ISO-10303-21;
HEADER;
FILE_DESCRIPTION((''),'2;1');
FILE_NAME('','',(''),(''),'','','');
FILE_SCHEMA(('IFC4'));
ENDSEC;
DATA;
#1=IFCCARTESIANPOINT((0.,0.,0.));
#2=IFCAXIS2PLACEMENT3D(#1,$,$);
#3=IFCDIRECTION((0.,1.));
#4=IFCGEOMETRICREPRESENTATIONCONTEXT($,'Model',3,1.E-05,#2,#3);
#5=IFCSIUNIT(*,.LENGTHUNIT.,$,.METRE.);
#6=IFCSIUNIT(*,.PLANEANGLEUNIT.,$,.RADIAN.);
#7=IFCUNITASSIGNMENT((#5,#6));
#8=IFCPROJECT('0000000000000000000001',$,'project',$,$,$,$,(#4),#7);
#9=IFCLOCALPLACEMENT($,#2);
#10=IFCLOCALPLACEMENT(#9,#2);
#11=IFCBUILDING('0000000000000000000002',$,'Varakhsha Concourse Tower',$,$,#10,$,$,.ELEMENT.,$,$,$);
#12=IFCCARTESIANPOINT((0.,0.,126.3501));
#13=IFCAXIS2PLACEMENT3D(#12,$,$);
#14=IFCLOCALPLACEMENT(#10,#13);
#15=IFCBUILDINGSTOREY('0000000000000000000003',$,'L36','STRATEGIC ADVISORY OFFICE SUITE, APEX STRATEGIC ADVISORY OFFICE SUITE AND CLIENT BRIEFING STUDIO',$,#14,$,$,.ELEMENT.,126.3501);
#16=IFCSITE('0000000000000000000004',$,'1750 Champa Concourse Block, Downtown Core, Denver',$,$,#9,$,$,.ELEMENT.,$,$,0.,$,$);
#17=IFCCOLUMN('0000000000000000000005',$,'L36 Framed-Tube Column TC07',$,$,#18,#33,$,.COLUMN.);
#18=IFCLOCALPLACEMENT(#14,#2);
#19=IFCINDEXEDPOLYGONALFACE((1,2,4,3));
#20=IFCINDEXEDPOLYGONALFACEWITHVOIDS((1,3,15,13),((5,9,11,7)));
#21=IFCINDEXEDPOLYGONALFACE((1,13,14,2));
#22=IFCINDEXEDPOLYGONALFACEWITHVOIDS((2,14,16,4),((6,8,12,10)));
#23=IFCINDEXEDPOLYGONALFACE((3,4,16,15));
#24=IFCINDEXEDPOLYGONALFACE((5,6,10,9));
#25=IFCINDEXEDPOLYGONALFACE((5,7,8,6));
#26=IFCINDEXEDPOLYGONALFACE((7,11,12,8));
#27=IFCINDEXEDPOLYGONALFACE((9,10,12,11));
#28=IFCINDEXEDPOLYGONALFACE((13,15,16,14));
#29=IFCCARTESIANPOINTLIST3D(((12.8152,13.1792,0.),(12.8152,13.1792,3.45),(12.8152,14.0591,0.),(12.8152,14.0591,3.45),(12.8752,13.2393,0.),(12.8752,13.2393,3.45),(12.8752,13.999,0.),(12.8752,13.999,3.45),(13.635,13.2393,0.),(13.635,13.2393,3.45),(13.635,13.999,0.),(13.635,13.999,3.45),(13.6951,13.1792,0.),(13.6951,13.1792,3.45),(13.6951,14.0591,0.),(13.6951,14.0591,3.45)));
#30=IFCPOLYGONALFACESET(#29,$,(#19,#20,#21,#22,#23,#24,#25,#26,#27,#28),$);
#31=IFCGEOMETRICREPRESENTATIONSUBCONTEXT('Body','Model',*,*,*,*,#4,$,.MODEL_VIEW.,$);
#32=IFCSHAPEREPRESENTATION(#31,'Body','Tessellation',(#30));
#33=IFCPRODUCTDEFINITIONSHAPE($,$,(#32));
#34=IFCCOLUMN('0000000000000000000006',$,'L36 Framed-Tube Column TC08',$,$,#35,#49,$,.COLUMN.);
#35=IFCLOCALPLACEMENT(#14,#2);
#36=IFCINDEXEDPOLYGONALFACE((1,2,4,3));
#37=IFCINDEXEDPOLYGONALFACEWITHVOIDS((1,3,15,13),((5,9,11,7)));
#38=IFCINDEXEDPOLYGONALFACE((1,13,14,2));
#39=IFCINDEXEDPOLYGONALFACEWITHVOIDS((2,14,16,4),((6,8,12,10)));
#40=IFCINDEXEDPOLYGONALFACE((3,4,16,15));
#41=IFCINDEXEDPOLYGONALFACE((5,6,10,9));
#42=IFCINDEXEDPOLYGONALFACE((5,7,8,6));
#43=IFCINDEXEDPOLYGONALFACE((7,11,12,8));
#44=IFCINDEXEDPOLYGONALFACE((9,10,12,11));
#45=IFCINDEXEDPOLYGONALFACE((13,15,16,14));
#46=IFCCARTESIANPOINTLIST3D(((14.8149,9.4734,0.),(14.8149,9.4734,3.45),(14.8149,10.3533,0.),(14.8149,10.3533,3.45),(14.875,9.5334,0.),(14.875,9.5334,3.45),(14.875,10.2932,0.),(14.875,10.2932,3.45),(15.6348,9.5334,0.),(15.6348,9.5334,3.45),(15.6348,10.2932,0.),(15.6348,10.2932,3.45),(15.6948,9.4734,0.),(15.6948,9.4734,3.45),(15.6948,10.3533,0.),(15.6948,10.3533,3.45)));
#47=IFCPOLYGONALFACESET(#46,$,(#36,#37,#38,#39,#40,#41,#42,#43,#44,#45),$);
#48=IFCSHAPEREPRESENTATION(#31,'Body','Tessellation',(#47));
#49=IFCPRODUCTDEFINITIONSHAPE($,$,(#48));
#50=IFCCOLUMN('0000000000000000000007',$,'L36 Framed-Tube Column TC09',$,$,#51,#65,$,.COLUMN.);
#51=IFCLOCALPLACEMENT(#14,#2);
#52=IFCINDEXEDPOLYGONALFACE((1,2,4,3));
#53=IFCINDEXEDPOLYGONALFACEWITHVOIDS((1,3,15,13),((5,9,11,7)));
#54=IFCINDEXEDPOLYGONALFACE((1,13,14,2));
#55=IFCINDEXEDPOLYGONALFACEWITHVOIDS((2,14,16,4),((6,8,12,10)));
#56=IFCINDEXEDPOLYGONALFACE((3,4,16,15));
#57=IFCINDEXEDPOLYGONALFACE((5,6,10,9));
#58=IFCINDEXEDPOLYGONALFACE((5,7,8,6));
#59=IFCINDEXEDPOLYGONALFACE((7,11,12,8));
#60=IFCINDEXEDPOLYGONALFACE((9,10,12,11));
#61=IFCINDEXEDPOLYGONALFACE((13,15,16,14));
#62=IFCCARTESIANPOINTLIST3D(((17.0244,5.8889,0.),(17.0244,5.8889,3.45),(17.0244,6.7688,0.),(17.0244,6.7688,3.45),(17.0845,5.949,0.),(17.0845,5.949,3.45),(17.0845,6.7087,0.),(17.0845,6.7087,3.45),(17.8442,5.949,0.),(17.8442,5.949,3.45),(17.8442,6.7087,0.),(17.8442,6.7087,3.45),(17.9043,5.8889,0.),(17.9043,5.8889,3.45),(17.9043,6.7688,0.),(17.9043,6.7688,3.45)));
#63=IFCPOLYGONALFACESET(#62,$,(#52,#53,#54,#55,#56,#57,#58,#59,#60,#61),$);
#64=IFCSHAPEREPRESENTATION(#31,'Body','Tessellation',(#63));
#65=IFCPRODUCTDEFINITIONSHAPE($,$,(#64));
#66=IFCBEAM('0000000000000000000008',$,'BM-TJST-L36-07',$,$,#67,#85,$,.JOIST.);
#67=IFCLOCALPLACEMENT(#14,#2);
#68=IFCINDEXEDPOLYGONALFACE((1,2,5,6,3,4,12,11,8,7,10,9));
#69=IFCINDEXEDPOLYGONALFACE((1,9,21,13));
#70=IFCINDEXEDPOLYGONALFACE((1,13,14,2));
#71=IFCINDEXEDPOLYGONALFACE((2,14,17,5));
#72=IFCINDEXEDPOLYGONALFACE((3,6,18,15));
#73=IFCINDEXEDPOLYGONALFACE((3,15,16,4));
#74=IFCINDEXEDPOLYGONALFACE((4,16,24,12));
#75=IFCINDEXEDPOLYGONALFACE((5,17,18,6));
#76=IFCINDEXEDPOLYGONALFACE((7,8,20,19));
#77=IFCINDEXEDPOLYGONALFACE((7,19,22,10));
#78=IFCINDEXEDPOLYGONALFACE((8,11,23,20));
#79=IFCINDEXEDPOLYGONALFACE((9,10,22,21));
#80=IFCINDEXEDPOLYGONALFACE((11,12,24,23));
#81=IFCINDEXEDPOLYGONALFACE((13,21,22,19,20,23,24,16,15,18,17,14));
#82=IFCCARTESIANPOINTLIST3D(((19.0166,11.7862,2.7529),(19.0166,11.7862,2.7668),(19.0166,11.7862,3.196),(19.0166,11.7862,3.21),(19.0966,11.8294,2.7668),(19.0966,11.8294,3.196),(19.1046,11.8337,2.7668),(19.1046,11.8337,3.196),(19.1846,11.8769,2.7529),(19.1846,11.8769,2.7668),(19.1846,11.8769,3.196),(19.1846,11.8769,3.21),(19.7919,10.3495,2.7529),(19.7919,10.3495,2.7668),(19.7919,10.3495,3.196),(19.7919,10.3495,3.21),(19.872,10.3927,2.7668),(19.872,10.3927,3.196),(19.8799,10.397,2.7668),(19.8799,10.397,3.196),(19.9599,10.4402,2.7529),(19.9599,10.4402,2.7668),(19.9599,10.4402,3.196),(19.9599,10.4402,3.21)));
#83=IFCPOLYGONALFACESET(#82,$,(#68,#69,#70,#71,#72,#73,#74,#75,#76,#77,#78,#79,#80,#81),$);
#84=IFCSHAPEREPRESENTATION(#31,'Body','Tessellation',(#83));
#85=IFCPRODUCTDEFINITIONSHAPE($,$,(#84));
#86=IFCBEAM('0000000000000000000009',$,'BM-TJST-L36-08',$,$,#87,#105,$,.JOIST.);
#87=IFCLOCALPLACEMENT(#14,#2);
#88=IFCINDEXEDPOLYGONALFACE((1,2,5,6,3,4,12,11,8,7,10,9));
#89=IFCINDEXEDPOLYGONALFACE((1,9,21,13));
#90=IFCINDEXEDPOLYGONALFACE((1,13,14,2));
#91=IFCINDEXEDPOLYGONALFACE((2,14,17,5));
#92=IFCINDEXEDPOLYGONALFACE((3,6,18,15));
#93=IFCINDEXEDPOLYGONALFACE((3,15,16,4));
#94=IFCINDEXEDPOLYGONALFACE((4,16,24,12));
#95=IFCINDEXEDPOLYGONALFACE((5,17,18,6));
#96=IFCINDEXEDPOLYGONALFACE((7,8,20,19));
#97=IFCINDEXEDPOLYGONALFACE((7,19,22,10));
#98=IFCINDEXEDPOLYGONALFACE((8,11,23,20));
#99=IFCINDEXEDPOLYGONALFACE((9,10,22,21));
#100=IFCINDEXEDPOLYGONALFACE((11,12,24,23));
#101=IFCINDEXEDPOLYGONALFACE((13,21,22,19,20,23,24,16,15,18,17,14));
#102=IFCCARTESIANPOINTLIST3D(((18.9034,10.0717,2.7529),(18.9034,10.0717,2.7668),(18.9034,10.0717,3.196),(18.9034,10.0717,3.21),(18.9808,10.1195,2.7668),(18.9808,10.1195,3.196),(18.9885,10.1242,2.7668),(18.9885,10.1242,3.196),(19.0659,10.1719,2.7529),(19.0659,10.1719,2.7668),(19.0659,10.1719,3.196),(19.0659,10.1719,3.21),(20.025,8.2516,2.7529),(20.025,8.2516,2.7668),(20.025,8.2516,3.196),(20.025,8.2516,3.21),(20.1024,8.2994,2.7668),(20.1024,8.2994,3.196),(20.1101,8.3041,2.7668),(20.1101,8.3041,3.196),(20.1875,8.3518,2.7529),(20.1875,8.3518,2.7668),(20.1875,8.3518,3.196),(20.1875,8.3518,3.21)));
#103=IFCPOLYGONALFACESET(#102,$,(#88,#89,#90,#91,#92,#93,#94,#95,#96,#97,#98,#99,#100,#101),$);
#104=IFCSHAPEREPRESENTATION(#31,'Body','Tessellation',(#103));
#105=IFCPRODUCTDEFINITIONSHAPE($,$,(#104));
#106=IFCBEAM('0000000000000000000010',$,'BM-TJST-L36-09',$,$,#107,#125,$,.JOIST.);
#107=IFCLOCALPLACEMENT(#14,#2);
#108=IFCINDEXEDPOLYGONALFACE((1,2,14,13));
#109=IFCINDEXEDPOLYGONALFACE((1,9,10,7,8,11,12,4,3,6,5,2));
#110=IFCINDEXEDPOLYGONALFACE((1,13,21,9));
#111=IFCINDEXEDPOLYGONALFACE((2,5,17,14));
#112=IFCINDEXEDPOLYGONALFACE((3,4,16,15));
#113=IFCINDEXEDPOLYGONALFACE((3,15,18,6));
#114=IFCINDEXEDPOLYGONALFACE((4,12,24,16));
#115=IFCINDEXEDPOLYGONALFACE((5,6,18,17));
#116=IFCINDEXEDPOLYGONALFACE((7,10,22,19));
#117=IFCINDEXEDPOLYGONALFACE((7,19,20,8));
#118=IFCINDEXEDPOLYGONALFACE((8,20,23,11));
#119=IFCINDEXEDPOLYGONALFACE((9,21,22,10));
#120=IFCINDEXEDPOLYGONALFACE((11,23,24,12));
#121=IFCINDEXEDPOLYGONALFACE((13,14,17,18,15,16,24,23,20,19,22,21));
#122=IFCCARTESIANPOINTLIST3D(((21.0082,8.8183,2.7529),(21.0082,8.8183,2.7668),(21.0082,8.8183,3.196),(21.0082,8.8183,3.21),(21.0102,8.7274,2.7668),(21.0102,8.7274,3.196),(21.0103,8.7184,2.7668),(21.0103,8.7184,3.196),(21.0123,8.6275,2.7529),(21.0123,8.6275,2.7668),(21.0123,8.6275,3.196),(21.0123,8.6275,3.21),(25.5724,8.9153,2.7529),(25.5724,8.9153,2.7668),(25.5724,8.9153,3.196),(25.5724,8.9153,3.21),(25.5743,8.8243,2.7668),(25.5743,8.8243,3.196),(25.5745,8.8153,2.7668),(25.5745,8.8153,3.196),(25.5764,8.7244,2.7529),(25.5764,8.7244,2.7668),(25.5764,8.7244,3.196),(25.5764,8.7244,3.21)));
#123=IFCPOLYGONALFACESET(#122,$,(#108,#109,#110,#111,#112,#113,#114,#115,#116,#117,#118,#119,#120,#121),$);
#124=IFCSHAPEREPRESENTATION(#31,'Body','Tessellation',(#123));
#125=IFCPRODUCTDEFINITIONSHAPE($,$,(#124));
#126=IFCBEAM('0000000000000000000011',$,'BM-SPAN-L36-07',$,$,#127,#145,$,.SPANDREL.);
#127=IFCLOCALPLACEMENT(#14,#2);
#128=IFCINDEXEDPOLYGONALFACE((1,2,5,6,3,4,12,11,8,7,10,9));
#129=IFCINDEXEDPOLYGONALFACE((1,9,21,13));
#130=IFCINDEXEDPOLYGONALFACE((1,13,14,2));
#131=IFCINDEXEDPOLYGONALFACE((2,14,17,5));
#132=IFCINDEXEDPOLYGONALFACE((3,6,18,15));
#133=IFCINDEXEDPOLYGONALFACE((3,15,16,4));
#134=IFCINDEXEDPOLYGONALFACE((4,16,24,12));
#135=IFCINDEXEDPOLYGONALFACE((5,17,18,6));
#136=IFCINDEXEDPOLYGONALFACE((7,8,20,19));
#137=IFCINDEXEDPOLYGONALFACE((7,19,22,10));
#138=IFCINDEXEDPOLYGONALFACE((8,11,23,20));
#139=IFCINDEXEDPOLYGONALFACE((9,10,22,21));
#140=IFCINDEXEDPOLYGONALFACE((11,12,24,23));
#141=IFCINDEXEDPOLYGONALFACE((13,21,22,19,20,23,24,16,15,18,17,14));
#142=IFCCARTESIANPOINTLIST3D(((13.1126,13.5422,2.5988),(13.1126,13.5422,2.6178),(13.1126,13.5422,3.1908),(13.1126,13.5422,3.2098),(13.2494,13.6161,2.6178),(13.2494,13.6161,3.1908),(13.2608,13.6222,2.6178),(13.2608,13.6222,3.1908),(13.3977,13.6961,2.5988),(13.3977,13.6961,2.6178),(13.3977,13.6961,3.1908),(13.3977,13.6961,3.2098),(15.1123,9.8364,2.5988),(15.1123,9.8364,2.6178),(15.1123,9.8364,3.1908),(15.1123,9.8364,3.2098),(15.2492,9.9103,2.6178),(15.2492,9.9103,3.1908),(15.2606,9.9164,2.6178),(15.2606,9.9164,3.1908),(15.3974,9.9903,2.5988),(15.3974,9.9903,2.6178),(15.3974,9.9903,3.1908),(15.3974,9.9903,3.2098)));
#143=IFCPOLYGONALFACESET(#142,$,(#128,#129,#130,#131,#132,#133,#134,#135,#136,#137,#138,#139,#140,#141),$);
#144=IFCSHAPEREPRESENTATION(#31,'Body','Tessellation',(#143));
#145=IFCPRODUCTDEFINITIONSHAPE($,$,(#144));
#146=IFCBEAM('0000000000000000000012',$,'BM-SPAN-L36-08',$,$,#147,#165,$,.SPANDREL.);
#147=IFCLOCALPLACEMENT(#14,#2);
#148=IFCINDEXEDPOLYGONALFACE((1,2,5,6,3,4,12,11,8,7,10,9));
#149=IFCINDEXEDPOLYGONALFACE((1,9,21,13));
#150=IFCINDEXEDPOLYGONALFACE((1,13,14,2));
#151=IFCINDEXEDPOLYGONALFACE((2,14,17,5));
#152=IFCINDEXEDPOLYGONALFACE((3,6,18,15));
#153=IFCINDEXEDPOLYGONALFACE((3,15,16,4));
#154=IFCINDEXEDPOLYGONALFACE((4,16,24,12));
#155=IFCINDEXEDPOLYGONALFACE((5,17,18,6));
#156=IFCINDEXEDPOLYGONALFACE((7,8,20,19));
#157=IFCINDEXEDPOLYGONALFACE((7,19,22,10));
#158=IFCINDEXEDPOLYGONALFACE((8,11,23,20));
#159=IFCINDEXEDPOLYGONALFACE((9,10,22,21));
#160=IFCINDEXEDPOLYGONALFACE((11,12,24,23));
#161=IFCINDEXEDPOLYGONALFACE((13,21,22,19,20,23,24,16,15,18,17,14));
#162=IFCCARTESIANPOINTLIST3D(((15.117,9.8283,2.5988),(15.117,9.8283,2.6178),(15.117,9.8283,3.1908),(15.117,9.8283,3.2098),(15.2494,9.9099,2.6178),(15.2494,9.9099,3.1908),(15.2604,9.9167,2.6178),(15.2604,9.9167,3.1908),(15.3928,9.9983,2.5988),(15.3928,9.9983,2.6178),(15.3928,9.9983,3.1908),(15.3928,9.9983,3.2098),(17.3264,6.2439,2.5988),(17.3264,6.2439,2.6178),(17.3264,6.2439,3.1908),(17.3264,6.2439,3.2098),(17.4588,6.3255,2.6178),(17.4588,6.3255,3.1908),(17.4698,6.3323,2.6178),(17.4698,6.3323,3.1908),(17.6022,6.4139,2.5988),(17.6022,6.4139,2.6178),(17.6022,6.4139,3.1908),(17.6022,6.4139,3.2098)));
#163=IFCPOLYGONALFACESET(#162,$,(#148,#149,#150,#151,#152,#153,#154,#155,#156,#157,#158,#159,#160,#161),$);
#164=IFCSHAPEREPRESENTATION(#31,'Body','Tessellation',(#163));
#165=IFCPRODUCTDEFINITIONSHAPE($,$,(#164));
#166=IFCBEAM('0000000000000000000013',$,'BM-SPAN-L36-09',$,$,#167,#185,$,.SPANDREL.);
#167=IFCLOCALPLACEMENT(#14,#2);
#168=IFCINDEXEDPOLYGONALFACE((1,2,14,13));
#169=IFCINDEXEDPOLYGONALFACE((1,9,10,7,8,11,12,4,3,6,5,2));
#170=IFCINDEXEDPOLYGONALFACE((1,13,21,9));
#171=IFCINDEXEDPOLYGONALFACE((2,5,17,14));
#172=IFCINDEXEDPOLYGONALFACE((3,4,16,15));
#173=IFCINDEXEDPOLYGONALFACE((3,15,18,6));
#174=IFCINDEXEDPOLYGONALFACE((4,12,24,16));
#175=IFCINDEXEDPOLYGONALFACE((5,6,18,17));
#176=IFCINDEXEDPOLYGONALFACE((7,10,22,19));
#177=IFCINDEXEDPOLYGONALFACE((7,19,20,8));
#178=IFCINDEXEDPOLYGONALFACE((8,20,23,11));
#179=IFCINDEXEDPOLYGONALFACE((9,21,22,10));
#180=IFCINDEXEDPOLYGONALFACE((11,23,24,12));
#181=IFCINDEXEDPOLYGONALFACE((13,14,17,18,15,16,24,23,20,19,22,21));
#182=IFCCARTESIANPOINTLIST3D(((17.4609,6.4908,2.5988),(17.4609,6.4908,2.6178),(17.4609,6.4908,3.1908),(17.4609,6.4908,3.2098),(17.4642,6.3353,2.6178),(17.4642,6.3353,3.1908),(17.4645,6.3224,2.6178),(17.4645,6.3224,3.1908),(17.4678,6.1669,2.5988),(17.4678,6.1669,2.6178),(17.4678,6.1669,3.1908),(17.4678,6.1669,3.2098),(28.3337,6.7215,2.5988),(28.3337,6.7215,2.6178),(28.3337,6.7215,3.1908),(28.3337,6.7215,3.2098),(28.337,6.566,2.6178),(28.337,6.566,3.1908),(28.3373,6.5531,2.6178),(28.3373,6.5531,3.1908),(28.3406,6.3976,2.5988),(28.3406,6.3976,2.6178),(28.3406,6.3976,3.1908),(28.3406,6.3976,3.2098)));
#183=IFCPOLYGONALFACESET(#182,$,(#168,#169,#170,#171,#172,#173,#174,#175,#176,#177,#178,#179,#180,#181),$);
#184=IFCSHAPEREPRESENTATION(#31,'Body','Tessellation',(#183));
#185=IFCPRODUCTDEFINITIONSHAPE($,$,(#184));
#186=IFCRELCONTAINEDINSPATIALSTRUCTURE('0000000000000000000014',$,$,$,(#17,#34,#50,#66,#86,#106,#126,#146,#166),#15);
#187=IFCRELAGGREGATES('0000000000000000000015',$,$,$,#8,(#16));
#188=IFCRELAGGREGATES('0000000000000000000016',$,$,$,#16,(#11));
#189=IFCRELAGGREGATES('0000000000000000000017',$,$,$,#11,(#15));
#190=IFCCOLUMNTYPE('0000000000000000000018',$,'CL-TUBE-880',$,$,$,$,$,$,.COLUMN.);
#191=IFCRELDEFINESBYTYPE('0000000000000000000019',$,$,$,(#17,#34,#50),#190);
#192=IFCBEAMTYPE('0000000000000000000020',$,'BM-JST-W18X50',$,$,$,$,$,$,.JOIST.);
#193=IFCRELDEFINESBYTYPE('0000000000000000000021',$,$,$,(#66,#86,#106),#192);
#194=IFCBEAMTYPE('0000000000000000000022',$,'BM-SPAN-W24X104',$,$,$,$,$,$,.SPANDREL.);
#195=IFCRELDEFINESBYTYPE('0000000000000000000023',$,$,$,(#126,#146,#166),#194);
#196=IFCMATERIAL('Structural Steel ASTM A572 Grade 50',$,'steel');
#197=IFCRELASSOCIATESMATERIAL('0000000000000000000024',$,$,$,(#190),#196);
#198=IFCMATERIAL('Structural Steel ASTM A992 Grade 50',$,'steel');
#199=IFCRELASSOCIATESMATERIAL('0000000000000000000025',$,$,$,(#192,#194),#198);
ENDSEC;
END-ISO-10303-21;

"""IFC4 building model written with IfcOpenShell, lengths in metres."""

from ifc_helpers import new_model, si_unit, direction, frame, origin, origin_2d, place, context, subcontext, project, spatial, hollow_rectangle, i_section, extrude, material, material_profile, profile_set, type_object, element, save


model = new_model("IFC4")

# Units and contexts
model_context = context("Model", 3, precision=1e-05, world=origin(), true_north=direction((0.0, 1.0)))
body_context = subcontext(model_context, "Body", "Model", "MODEL_VIEW")
ifc_project = project(units=[si_unit("LENGTHUNIT", "METRE"), si_unit("PLANEANGLEUNIT", "RADIAN")], contexts=[model_context])

# Site, building, storey
site_placement = place(None, origin())
site = spatial("IfcSite", under=ifc_project, at=site_placement, Name="1750 Champa Concourse Block, Downtown Core, Denver", CompositionType="ELEMENT", RefElevation=0.0)
building_placement = place(site_placement, origin())
building = spatial("IfcBuilding", under=site, at=building_placement, Name="Varakhsha Concourse Tower", CompositionType="ELEMENT")
storey_placement = place(building_placement, frame((0.0, 0.0, 126.3501)))
storey = spatial("IfcBuildingStorey", under=building, at=storey_placement, Name="L36", Description="STRATEGIC ADVISORY OFFICE SUITE, APEX STRATEGIC ADVISORY OFFICE SUITE AND CLIENT BRIEFING STUDIO", CompositionType="ELEMENT", Elevation=126.3501)

# Columns
ifc_material_1 = material(Name="Structural Steel ASTM A572 Grade 50", Category="steel")
ifc_material_profile_1 = material_profile(ifc_material_1, hollow_rectangle(XDim=0.8799, YDim=0.8799, WallThickness=0.0601, at=origin_2d()), Name="BOX 880x880x60")
ifc_profile_set_1 = profile_set([ifc_material_profile_1], Name="Structural Steel ASTM A572 Grade 50")
column_type = type_object("IfcColumnType", Name="CL-TUBE-880", PredefinedType="COLUMN", material=ifc_profile_set_1)
for number, where, z_axis, x_axis, name in (
    (1, (13.2551, 13.6191, 0.0), (0.0, 0.0, 1.0), (1.0, 0.0, 0.0), "L36 Framed-Tube Column TC07"),
    (2, (15.2549, 9.9133, 0.0), (0.0, 0.0, 1.0), (1.0, 0.0, 0.0), "L36 Framed-Tube Column TC08"),
    (3, (17.4644, 6.3289, 0.0), (0.0, 0.0, 1.0), (1.0, 0.0, 0.0), "L36 Framed-Tube Column TC09"),
):
    element("IfcColumn", number, at=place(storey_placement, frame(where, z_axis=z_axis, x_axis=x_axis)), inside=storey, type_object=column_type, Name=name, PredefinedType="COLUMN", context=body_context, shape_type="SweptSolid", body=[
        extrude(hollow_rectangle(XDim=0.8799, YDim=0.8799, WallThickness=0.0601, at=origin_2d()), origin(), (0.0, 0.0, 1.0), 3.45),
    ])

# Beams
ifc_material_2 = material(Name="Structural Steel ASTM A992 Grade 50", Category="steel")
ifc_material_profile_2 = material_profile(ifc_material_2, i_section(OverallWidth=0.1909, OverallDepth=0.457, WebThickness=0.009, FlangeThickness=0.0139, at=origin_2d()), Name="W18X50")
ifc_profile_set_2 = profile_set([ifc_material_profile_2], Name="Structural Steel ASTM A992 Grade 50")
beam_type_1 = type_object("IfcBeamType", Name="BM-JST-W18X50", PredefinedType="JOIST", material=ifc_profile_set_2)
beam_1_placement = place(storey_placement, frame((19.1006, 11.8315, 2.9814), z_axis=(0.474929, -0.880024, 0.0), x_axis=(0.880024, 0.474929, 0.0)))
element("IfcBeam", 4, at=beam_1_placement, inside=storey, type_object=beam_type_1, Name="BM-TJST-L36-07", PredefinedType="JOIST", context=body_context, shape_type="SweptSolid", body=[
    extrude(i_section(OverallWidth=0.1909, OverallDepth=0.457, WebThickness=0.009, FlangeThickness=0.0139, at=origin_2d()), origin(), (0.0, 0.0, 1.0), 1.6326),
])
beam_2_placement = place(storey_placement, frame((18.9846, 10.1218, 2.9814), z_axis=(0.52462, -0.851337, 0.0), x_axis=(0.851337, 0.52462, 0.0)))
element("IfcBeam", 5, at=beam_2_placement, inside=storey, type_object=beam_type_1, Name="BM-TJST-L36-08", PredefinedType="JOIST", context=body_context, shape_type="SweptSolid", body=[
    extrude(i_section(OverallWidth=0.1909, OverallDepth=0.457, WebThickness=0.009, FlangeThickness=0.0139, at=origin_2d()), origin(), (0.0, 0.0, 1.0), 2.1379),
])
beam_3_placement = place(storey_placement, frame((21.0103, 8.7229, 2.9814), z_axis=(0.999775, 0.021231, 0.0), x_axis=(-0.021231, 0.999775, 0.0)))
element("IfcBeam", 6, at=beam_3_placement, inside=storey, type_object=beam_type_1, Name="BM-TJST-L36-09", PredefinedType="JOIST", context=body_context, shape_type="SweptSolid", body=[
    extrude(i_section(OverallWidth=0.1909, OverallDepth=0.457, WebThickness=0.009, FlangeThickness=0.0139, at=origin_2d()), origin(), (0.0, 0.0, 1.0), 4.5652),
])
ifc_material_profile_3 = material_profile(ifc_material_2, i_section(OverallWidth=0.324, OverallDepth=0.6111, WebThickness=0.0129, FlangeThickness=0.019, at=origin_2d()), Name="W24X104")
ifc_profile_set_3 = profile_set([ifc_material_profile_3], Name="Structural Steel ASTM A992 Grade 50")
beam_type_2 = type_object("IfcBeamType", Name="BM-SPAN-W24X104", PredefinedType="SPANDREL", material=ifc_profile_set_3)
beam_4_placement = place(storey_placement, frame((13.2551, 13.6191, 2.9043), z_axis=(0.474895, -0.880043, 0.0), x_axis=(0.880043, 0.474895, 0.0)))
element("IfcBeam", 7, at=beam_4_placement, inside=storey, type_object=beam_type_2, Name="BM-SPAN-L36-07", PredefinedType="SPANDREL", context=body_context, shape_type="SweptSolid", body=[
    extrude(i_section(OverallWidth=0.324, OverallDepth=0.6111, WebThickness=0.0129, FlangeThickness=0.019, at=origin_2d()), origin(), (0.0, 0.0, 1.0), 4.2109),
])
beam_5_placement = place(storey_placement, frame((15.2549, 9.9133, 2.9043), z_axis=(0.524725, -0.851272, 0.0), x_axis=(0.851272, 0.524725, 0.0)))
element("IfcBeam", 8, at=beam_5_placement, inside=storey, type_object=beam_type_2, Name="BM-SPAN-L36-08", PredefinedType="SPANDREL", context=body_context, shape_type="SweptSolid", body=[
    extrude(i_section(OverallWidth=0.324, OverallDepth=0.6111, WebThickness=0.0129, FlangeThickness=0.019, at=origin_2d()), origin(), (0.0, 0.0, 1.0), 4.2107),
])
beam_6_placement = place(storey_placement, frame((17.4644, 6.3289, 2.9043), z_axis=(0.999775, 0.021214, 0.0), x_axis=(-0.021214, 0.999775, 0.0)))
element("IfcBeam", 9, at=beam_6_placement, inside=storey, type_object=beam_type_2, Name="BM-SPAN-L36-09", PredefinedType="SPANDREL", context=body_context, shape_type="SweptSolid", body=[
    extrude(i_section(OverallWidth=0.324, OverallDepth=0.6111, WebThickness=0.0129, FlangeThickness=0.019, at=origin_2d()), origin(), (0.0, 0.0, 1.0), 10.8752),
])

save(model, "model.ifc")
